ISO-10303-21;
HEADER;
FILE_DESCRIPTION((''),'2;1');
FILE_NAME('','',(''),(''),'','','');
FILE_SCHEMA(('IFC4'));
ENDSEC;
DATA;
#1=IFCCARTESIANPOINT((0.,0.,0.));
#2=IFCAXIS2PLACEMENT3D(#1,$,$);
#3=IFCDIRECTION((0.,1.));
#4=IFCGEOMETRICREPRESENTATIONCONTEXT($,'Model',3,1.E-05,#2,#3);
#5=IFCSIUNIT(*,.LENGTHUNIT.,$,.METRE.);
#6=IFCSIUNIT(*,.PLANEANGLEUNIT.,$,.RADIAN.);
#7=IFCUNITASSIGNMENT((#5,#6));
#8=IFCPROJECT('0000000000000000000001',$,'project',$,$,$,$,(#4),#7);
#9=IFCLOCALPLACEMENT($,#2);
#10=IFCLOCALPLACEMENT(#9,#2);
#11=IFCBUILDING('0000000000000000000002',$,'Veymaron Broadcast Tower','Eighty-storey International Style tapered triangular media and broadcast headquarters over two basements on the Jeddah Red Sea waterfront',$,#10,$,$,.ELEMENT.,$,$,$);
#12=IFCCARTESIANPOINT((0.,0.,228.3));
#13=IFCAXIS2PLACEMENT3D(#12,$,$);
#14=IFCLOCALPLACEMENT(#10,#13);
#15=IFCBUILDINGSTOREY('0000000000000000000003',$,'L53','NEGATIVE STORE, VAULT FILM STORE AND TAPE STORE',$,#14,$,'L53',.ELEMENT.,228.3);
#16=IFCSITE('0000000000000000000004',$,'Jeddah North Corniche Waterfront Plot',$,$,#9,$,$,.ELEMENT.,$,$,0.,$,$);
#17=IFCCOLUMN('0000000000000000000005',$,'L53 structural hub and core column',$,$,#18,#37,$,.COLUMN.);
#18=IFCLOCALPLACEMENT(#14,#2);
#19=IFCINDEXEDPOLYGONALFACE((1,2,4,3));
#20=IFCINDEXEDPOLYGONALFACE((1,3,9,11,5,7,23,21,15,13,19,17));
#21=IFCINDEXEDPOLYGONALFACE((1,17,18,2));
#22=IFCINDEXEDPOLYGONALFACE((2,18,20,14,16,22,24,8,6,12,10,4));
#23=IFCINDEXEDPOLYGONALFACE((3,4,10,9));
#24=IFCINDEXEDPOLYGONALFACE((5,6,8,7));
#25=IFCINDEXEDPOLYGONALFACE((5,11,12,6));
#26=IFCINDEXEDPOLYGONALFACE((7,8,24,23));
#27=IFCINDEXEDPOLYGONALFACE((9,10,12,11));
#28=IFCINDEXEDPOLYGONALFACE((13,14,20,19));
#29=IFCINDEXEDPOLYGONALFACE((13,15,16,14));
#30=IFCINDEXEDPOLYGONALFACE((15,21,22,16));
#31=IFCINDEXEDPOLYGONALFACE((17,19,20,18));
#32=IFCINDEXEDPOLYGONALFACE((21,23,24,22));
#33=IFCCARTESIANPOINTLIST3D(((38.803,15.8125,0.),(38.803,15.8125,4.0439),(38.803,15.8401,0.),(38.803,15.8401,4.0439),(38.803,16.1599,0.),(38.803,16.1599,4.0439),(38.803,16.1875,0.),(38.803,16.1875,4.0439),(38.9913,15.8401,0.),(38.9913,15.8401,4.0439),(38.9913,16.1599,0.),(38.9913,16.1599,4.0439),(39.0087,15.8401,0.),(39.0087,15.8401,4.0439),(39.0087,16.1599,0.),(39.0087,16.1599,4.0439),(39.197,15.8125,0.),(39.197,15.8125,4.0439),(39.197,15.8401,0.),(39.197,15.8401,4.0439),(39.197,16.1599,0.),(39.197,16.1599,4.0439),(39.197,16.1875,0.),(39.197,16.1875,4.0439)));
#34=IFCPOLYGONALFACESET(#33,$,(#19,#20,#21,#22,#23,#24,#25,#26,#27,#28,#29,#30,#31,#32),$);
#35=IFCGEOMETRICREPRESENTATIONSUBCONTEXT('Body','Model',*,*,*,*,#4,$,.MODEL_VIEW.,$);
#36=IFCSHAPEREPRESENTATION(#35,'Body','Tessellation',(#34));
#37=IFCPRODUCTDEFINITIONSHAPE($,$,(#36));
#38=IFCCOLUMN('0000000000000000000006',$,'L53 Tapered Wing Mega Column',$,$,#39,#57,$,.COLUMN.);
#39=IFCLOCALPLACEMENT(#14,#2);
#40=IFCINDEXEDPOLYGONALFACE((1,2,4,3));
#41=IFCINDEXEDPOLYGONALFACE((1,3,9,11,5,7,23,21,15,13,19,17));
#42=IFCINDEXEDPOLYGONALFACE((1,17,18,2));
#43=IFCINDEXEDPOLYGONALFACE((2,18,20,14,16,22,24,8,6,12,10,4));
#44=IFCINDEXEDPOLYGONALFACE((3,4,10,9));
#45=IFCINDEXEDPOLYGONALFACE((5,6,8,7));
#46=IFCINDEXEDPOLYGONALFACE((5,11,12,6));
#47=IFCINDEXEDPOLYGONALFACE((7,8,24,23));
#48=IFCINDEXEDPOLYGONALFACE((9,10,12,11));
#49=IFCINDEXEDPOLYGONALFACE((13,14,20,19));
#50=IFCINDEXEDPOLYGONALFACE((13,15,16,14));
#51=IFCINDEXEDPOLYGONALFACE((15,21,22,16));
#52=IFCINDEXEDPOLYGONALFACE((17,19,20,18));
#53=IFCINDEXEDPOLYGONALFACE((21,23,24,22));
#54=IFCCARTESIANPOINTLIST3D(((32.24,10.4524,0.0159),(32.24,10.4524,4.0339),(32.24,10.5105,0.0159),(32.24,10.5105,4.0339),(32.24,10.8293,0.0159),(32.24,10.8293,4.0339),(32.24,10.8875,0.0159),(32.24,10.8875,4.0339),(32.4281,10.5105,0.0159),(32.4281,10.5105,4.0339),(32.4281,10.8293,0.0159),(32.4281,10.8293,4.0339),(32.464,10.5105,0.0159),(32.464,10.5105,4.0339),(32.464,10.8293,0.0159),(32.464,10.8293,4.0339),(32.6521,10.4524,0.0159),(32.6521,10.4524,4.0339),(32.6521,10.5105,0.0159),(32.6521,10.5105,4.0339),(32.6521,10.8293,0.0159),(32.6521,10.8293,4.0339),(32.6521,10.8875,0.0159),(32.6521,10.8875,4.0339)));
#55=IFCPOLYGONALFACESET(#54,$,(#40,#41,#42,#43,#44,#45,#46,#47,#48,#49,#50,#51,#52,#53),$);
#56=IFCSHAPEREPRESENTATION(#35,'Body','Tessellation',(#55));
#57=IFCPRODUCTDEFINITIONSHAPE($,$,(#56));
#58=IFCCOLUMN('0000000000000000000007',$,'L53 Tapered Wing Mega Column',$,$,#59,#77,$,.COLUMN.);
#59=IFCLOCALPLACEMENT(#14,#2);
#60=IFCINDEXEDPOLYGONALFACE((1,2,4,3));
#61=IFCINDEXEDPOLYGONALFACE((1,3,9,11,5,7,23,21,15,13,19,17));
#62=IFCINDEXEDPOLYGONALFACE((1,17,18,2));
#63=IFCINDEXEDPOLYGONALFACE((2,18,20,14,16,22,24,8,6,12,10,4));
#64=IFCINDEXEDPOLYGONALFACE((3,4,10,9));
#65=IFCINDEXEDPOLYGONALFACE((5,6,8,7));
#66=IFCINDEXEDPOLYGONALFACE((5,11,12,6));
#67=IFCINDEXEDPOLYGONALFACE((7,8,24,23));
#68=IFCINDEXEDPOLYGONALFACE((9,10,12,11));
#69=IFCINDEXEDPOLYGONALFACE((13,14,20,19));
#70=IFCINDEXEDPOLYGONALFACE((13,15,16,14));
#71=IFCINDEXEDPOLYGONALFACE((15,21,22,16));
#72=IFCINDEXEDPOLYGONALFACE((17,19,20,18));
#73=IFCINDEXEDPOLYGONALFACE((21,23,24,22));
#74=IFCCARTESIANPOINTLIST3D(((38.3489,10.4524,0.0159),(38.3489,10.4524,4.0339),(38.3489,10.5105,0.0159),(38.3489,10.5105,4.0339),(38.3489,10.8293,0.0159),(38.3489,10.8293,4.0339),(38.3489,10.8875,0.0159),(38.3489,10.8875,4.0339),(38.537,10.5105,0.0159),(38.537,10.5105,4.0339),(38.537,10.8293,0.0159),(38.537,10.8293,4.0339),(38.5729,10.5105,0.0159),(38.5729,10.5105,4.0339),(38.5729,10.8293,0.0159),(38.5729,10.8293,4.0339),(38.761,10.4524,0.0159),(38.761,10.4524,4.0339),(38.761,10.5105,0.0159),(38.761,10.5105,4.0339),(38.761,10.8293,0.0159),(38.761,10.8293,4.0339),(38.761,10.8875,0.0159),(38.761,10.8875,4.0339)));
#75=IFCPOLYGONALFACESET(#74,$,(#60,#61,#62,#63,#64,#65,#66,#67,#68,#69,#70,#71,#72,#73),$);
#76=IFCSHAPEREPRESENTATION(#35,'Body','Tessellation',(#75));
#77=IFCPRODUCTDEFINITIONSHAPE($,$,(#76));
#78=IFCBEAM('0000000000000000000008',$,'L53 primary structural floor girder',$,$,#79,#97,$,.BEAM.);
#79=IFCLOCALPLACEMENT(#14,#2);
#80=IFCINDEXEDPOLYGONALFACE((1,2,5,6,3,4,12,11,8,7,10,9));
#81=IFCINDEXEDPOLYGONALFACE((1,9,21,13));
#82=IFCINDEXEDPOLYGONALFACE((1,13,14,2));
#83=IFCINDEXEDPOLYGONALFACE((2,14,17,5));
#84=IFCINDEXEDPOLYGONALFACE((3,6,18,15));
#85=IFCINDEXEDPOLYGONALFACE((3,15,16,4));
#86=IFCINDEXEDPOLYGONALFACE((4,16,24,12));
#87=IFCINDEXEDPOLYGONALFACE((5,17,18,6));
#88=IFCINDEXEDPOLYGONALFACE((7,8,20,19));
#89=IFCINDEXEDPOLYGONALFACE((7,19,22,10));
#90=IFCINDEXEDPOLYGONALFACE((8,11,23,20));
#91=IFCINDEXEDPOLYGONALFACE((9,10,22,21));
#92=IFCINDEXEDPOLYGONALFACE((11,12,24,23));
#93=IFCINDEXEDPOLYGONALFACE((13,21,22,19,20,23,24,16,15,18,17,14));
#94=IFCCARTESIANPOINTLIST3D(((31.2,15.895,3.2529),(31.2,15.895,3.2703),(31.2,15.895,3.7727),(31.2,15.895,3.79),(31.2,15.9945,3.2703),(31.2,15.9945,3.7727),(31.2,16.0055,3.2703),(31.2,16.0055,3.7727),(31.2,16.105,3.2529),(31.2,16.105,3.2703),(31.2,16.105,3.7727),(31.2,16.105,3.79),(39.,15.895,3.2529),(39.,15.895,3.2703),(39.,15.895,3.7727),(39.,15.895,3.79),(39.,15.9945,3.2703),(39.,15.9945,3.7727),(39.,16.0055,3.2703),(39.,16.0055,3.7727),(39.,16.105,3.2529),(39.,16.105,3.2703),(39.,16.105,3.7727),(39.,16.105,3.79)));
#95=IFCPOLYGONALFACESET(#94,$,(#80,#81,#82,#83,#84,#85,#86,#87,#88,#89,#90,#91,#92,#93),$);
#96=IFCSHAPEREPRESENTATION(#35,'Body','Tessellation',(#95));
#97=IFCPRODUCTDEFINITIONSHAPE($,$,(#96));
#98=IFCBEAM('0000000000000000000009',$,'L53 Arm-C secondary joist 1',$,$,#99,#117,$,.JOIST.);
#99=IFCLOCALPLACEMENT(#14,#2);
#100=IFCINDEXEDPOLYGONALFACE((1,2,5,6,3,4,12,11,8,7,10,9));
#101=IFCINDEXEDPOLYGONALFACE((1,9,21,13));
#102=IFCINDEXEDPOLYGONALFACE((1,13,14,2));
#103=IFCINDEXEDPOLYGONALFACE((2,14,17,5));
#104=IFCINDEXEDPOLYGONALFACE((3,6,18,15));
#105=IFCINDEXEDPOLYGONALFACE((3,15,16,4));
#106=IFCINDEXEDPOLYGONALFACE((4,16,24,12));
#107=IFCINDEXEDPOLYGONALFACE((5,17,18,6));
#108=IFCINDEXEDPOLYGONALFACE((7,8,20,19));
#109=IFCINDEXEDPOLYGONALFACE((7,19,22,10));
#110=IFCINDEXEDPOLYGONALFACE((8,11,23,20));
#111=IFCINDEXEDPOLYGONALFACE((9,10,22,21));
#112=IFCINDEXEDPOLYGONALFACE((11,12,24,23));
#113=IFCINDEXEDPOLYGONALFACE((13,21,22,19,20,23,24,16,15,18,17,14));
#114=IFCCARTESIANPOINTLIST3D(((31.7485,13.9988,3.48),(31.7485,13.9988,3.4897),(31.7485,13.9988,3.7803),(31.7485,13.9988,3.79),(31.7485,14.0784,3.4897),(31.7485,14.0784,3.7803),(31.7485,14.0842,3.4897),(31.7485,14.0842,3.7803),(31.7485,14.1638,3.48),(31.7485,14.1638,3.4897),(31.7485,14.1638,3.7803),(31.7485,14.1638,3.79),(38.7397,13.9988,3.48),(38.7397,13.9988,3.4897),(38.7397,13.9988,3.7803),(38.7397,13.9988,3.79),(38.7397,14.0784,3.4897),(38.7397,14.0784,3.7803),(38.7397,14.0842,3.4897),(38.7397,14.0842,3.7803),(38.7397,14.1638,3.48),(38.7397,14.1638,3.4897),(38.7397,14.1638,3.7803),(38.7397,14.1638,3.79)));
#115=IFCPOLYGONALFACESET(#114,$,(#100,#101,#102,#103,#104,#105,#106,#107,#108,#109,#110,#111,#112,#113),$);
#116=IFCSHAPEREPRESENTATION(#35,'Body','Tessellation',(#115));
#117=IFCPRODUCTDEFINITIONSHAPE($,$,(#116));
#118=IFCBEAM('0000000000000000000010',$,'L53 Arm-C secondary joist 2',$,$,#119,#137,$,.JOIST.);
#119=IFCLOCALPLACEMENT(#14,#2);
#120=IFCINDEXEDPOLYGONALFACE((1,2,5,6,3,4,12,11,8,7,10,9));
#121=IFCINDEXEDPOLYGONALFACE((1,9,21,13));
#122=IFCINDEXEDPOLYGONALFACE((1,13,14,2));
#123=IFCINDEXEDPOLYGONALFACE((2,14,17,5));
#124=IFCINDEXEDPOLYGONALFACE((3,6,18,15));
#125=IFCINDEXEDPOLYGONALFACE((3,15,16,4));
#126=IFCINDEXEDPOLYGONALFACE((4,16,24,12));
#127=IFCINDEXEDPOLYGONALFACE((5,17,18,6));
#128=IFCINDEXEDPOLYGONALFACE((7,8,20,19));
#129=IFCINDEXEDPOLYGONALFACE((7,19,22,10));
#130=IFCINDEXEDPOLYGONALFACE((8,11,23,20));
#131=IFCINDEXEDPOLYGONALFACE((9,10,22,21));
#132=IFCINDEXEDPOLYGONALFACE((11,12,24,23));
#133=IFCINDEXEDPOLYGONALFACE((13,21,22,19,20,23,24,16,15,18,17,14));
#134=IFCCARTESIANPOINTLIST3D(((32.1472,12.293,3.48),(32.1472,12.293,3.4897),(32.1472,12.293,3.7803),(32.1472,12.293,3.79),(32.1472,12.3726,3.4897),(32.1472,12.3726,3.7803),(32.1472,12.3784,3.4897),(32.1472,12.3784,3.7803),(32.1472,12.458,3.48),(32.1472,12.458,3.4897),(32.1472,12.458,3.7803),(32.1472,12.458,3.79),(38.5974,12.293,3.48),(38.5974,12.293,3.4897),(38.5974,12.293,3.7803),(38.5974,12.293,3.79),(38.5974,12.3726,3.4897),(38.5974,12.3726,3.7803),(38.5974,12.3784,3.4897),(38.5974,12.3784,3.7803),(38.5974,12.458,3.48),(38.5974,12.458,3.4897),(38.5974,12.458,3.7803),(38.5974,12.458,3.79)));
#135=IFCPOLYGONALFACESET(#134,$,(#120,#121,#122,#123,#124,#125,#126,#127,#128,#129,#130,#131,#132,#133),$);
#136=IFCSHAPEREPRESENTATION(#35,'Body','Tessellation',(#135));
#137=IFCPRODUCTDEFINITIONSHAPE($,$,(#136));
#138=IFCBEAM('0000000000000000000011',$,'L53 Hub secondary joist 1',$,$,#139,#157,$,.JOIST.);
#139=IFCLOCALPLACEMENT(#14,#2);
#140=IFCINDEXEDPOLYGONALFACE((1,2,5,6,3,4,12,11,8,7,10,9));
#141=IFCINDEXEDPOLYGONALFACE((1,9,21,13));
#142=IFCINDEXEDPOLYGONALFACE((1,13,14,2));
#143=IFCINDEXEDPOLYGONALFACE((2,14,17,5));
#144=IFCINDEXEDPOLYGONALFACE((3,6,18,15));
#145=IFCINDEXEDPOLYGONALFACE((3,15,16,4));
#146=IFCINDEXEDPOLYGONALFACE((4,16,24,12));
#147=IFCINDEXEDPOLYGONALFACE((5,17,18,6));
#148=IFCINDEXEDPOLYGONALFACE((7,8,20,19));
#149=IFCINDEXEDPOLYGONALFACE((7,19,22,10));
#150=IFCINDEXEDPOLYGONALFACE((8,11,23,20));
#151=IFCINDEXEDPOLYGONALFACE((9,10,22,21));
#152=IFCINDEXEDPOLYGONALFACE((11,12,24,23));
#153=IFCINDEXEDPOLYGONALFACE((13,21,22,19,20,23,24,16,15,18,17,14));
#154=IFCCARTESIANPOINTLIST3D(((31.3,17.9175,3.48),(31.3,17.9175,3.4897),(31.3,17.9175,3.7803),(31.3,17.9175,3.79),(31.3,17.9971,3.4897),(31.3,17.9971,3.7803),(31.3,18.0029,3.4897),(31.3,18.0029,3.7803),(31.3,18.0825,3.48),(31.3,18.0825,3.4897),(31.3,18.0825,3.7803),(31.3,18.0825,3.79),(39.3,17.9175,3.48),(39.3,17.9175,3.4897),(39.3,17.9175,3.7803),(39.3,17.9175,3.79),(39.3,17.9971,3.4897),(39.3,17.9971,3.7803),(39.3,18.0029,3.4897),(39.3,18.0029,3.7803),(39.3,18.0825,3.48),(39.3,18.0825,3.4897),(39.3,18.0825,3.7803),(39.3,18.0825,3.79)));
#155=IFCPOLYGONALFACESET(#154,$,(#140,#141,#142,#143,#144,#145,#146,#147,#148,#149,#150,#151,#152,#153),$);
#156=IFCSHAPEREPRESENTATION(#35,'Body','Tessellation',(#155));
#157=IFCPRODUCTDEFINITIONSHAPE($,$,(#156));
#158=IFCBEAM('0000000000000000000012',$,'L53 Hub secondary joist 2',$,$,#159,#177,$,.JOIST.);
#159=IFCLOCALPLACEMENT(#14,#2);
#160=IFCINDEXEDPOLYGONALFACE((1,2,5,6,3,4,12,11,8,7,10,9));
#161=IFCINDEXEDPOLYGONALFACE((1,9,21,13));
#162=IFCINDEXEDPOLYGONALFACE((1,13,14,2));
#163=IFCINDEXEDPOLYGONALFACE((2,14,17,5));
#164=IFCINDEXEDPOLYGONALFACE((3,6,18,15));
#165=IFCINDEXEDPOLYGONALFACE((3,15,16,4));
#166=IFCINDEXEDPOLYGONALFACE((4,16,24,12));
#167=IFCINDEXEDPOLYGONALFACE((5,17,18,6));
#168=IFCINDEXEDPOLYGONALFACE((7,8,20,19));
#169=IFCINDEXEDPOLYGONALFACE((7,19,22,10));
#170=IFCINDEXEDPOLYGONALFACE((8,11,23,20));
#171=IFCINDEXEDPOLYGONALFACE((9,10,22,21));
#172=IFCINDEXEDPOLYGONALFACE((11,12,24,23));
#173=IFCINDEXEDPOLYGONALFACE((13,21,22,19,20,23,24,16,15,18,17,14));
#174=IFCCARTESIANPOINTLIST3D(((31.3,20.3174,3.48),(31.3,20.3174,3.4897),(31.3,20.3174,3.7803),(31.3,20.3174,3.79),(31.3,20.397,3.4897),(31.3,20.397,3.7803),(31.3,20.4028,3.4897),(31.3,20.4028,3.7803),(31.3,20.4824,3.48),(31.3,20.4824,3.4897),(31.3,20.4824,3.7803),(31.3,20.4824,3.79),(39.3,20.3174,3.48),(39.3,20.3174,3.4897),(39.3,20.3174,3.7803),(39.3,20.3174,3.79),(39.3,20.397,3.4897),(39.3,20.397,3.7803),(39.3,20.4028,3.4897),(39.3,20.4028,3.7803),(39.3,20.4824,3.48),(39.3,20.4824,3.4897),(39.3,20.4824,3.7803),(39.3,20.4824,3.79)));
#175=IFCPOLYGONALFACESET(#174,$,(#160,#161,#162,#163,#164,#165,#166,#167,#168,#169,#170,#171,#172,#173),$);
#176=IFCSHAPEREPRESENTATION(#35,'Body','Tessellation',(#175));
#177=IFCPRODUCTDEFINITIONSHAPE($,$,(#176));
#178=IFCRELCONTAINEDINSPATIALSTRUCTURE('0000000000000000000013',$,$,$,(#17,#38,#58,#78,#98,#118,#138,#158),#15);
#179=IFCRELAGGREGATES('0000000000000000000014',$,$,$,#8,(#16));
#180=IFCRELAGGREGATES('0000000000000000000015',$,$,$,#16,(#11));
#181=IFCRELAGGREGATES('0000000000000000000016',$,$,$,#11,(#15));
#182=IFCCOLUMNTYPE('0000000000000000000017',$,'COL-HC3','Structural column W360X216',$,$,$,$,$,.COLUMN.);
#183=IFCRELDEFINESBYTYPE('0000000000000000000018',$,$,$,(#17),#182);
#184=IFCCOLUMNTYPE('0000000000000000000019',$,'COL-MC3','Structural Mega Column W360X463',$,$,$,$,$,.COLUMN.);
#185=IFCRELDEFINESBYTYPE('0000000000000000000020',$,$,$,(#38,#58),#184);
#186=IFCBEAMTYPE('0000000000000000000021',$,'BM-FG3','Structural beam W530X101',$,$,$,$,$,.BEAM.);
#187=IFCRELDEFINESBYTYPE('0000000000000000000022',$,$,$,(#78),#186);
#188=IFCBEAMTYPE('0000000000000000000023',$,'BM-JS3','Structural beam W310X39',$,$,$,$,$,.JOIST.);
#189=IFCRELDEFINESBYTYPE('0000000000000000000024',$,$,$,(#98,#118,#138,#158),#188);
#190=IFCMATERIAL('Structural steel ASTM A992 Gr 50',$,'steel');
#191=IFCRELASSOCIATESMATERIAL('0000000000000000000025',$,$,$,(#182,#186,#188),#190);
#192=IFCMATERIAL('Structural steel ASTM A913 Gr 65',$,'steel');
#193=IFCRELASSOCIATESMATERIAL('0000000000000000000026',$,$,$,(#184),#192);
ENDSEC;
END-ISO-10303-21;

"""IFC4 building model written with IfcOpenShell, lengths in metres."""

from ifc_helpers import new_model, si_unit, direction, frame, origin, origin_2d, place, context, subcontext, project, spatial, i_section, extrude, material, material_profile, profile_set, type_object, element, save


model = new_model("IFC4")

# Units and contexts
model_context = context("Model", 3, precision=1e-05, world=origin(), true_north=direction((0.0, 1.0)))
body_context = subcontext(model_context, "Body", "Model", "MODEL_VIEW")
ifc_project = project(units=[si_unit("LENGTHUNIT", "METRE"), si_unit("PLANEANGLEUNIT", "RADIAN")], contexts=[model_context])

# Site, building, storey
site_placement = place(None, origin())
site = spatial("IfcSite", under=ifc_project, at=site_placement, Name="Jeddah North Corniche Waterfront Plot", CompositionType="ELEMENT", RefElevation=0.0)
building_placement = place(site_placement, origin())
building = spatial("IfcBuilding", under=site, at=building_placement, Name="Veymaron Broadcast Tower", Description="Eighty-storey International Style tapered triangular media and broadcast headquarters over two basements on the Jeddah Red Sea waterfront", CompositionType="ELEMENT")
storey_placement = place(building_placement, frame((0.0, 0.0, 228.3)))
storey = spatial("IfcBuildingStorey", under=building, at=storey_placement, Name="L53", Description="NEGATIVE STORE, VAULT FILM STORE AND TAPE STORE", LongName="L53", CompositionType="ELEMENT", Elevation=228.3)

# Columns
ifc_material_1 = material(Name="Structural steel ASTM A992 Gr 50", Category="steel")
ifc_material_profile_1 = material_profile(ifc_material_1, i_section(OverallWidth=0.394, OverallDepth=0.375, WebThickness=0.0173, FlangeThickness=0.0276, at=origin_2d()), Name="W360X216")
ifc_profile_set_1 = profile_set([ifc_material_profile_1], Name="Structural steel ASTM A992 Gr 50")
column_type_1 = type_object("IfcColumnType", Name="COL-HC3", Description="Structural column W360X216", PredefinedType="COLUMN", material=ifc_profile_set_1)
column_placement = place(storey_placement, frame((39.0, 16.0, 0.0), z_axis=(0.0, 0.0, 1.0), x_axis=(1.0, 0.0, 0.0)))
element("IfcColumn", 1, at=column_placement, inside=storey, type_object=column_type_1, Name="L53 structural hub and core column", PredefinedType="COLUMN", context=body_context, shape_type="SweptSolid", body=[
    extrude(i_section(OverallWidth=0.394, OverallDepth=0.375, WebThickness=0.0173, FlangeThickness=0.0276, at=origin_2d()), origin(), (0.0, 0.0, 1.0), 4.0439),
])
ifc_material_2 = material(Name="Structural steel ASTM A913 Gr 65", Category="steel")
ifc_material_profile_2 = material_profile(ifc_material_2, i_section(OverallWidth=0.4121, OverallDepth=0.4351, WebThickness=0.0359, FlangeThickness=0.0581, at=origin_2d()), Name="W360X463")
ifc_profile_set_2 = profile_set([ifc_material_profile_2], Name="Structural steel ASTM A913 Gr 65")
column_type_2 = type_object("IfcColumnType", Name="COL-MC3", Description="Structural Mega Column W360X463", PredefinedType="COLUMN", material=ifc_profile_set_2)
for number, where, z_axis, x_axis, name in (
    (2, (32.446, 10.6699, 0.0159), (0.0, 0.0, 1.0), (1.0, 0.0, 0.0), "L53 Tapered Wing Mega Column"),
    (3, (38.5549, 10.6699, 0.0159), (0.0, 0.0, 1.0), (1.0, 0.0, 0.0), "L53 Tapered Wing Mega Column"),
):
    element("IfcColumn", number, at=place(storey_placement, frame(where, z_axis=z_axis, x_axis=x_axis)), inside=storey, type_object=column_type_2, Name=name, PredefinedType="COLUMN", context=body_context, shape_type="SweptSolid", body=[
        extrude(i_section(OverallWidth=0.4121, OverallDepth=0.4351, WebThickness=0.0359, FlangeThickness=0.0581, at=origin_2d()), origin(), (0.0, 0.0, 1.0), 4.0181),
    ])

# Beams
ifc_material_profile_3 = material_profile(ifc_material_1, i_section(OverallWidth=0.21, OverallDepth=0.5371, WebThickness=0.011, FlangeThickness=0.0173, at=origin_2d()), Name="W530X101")
ifc_profile_set_3 = profile_set([ifc_material_profile_3], Name="Structural steel ASTM A992 Gr 50")
beam_type_1 = type_object("IfcBeamType", Name="BM-FG3", Description="Structural beam W530X101", PredefinedType="BEAM", material=ifc_profile_set_3)
beam_1_placement = place(storey_placement, frame((31.2, 16.0, 3.5215), z_axis=(1.0, 0.0, 0.0), x_axis=(0.0, 1.0, 0.0)))
element("IfcBeam", 4, at=beam_1_placement, inside=storey, type_object=beam_type_1, Name="L53 primary structural floor girder", PredefinedType="BEAM", context=body_context, shape_type="SweptSolid", body=[
    extrude(i_section(OverallWidth=0.21, OverallDepth=0.5371, WebThickness=0.011, FlangeThickness=0.0173, at=origin_2d()), origin(), (0.0, 0.0, 1.0), 7.8),
])
ifc_material_profile_4 = material_profile(ifc_material_1, i_section(OverallWidth=0.165, OverallDepth=0.3101, WebThickness=0.0059, FlangeThickness=0.0098, at=origin_2d()), Name="W310X39")
ifc_profile_set_4 = profile_set([ifc_material_profile_4], Name="Structural steel ASTM A992 Gr 50")
beam_type_2 = type_object("IfcBeamType", Name="BM-JS3", Description="Structural beam W310X39", PredefinedType="JOIST", material=ifc_profile_set_4)
beam_2_placement = place(storey_placement, frame((31.7485, 14.0813, 3.635), z_axis=(1.0, 0.0, 0.0), x_axis=(0.0, 1.0, 0.0)))
element("IfcBeam", 5, at=beam_2_placement, inside=storey, type_object=beam_type_2, Name="L53 Arm-C secondary joist 1", PredefinedType="JOIST", context=body_context, shape_type="SweptSolid", body=[
    extrude(i_section(OverallWidth=0.165, OverallDepth=0.3101, WebThickness=0.0059, FlangeThickness=0.0098, at=origin_2d()), origin(), (0.0, 0.0, 1.0), 6.9912),
])
beam_3_placement = place(storey_placement, frame((32.1472, 12.3755, 3.635), z_axis=(1.0, 0.0, 0.0), x_axis=(0.0, 1.0, 0.0)))
element("IfcBeam", 6, at=beam_3_placement, inside=storey, type_object=beam_type_2, Name="L53 Arm-C secondary joist 2", PredefinedType="JOIST", context=body_context, shape_type="SweptSolid", body=[
    extrude(i_section(OverallWidth=0.165, OverallDepth=0.3101, WebThickness=0.0059, FlangeThickness=0.0098, at=origin_2d()), origin(), (0.0, 0.0, 1.0), 6.4502),
])
for number, where, z_axis, x_axis, name in (
    (7, (31.3, 18.0, 3.635), (1.0, 0.0, 0.0), (0.0, 1.0, 0.0), "L53 Hub secondary joist 1"),
    (8, (31.3, 20.3999, 3.635), (1.0, 0.0, 0.0), (0.0, 1.0, 0.0), "L53 Hub secondary joist 2"),
):
    element("IfcBeam", number, at=place(storey_placement, frame(where, z_axis=z_axis, x_axis=x_axis)), inside=storey, type_object=beam_type_2, Name=name, PredefinedType="JOIST", context=body_context, shape_type="SweptSolid", body=[
        extrude(i_section(OverallWidth=0.165, OverallDepth=0.3101, WebThickness=0.0059, FlangeThickness=0.0098, at=origin_2d()), origin(), (0.0, 0.0, 1.0), 8.0),
    ])

save(model, "model.ifc")
